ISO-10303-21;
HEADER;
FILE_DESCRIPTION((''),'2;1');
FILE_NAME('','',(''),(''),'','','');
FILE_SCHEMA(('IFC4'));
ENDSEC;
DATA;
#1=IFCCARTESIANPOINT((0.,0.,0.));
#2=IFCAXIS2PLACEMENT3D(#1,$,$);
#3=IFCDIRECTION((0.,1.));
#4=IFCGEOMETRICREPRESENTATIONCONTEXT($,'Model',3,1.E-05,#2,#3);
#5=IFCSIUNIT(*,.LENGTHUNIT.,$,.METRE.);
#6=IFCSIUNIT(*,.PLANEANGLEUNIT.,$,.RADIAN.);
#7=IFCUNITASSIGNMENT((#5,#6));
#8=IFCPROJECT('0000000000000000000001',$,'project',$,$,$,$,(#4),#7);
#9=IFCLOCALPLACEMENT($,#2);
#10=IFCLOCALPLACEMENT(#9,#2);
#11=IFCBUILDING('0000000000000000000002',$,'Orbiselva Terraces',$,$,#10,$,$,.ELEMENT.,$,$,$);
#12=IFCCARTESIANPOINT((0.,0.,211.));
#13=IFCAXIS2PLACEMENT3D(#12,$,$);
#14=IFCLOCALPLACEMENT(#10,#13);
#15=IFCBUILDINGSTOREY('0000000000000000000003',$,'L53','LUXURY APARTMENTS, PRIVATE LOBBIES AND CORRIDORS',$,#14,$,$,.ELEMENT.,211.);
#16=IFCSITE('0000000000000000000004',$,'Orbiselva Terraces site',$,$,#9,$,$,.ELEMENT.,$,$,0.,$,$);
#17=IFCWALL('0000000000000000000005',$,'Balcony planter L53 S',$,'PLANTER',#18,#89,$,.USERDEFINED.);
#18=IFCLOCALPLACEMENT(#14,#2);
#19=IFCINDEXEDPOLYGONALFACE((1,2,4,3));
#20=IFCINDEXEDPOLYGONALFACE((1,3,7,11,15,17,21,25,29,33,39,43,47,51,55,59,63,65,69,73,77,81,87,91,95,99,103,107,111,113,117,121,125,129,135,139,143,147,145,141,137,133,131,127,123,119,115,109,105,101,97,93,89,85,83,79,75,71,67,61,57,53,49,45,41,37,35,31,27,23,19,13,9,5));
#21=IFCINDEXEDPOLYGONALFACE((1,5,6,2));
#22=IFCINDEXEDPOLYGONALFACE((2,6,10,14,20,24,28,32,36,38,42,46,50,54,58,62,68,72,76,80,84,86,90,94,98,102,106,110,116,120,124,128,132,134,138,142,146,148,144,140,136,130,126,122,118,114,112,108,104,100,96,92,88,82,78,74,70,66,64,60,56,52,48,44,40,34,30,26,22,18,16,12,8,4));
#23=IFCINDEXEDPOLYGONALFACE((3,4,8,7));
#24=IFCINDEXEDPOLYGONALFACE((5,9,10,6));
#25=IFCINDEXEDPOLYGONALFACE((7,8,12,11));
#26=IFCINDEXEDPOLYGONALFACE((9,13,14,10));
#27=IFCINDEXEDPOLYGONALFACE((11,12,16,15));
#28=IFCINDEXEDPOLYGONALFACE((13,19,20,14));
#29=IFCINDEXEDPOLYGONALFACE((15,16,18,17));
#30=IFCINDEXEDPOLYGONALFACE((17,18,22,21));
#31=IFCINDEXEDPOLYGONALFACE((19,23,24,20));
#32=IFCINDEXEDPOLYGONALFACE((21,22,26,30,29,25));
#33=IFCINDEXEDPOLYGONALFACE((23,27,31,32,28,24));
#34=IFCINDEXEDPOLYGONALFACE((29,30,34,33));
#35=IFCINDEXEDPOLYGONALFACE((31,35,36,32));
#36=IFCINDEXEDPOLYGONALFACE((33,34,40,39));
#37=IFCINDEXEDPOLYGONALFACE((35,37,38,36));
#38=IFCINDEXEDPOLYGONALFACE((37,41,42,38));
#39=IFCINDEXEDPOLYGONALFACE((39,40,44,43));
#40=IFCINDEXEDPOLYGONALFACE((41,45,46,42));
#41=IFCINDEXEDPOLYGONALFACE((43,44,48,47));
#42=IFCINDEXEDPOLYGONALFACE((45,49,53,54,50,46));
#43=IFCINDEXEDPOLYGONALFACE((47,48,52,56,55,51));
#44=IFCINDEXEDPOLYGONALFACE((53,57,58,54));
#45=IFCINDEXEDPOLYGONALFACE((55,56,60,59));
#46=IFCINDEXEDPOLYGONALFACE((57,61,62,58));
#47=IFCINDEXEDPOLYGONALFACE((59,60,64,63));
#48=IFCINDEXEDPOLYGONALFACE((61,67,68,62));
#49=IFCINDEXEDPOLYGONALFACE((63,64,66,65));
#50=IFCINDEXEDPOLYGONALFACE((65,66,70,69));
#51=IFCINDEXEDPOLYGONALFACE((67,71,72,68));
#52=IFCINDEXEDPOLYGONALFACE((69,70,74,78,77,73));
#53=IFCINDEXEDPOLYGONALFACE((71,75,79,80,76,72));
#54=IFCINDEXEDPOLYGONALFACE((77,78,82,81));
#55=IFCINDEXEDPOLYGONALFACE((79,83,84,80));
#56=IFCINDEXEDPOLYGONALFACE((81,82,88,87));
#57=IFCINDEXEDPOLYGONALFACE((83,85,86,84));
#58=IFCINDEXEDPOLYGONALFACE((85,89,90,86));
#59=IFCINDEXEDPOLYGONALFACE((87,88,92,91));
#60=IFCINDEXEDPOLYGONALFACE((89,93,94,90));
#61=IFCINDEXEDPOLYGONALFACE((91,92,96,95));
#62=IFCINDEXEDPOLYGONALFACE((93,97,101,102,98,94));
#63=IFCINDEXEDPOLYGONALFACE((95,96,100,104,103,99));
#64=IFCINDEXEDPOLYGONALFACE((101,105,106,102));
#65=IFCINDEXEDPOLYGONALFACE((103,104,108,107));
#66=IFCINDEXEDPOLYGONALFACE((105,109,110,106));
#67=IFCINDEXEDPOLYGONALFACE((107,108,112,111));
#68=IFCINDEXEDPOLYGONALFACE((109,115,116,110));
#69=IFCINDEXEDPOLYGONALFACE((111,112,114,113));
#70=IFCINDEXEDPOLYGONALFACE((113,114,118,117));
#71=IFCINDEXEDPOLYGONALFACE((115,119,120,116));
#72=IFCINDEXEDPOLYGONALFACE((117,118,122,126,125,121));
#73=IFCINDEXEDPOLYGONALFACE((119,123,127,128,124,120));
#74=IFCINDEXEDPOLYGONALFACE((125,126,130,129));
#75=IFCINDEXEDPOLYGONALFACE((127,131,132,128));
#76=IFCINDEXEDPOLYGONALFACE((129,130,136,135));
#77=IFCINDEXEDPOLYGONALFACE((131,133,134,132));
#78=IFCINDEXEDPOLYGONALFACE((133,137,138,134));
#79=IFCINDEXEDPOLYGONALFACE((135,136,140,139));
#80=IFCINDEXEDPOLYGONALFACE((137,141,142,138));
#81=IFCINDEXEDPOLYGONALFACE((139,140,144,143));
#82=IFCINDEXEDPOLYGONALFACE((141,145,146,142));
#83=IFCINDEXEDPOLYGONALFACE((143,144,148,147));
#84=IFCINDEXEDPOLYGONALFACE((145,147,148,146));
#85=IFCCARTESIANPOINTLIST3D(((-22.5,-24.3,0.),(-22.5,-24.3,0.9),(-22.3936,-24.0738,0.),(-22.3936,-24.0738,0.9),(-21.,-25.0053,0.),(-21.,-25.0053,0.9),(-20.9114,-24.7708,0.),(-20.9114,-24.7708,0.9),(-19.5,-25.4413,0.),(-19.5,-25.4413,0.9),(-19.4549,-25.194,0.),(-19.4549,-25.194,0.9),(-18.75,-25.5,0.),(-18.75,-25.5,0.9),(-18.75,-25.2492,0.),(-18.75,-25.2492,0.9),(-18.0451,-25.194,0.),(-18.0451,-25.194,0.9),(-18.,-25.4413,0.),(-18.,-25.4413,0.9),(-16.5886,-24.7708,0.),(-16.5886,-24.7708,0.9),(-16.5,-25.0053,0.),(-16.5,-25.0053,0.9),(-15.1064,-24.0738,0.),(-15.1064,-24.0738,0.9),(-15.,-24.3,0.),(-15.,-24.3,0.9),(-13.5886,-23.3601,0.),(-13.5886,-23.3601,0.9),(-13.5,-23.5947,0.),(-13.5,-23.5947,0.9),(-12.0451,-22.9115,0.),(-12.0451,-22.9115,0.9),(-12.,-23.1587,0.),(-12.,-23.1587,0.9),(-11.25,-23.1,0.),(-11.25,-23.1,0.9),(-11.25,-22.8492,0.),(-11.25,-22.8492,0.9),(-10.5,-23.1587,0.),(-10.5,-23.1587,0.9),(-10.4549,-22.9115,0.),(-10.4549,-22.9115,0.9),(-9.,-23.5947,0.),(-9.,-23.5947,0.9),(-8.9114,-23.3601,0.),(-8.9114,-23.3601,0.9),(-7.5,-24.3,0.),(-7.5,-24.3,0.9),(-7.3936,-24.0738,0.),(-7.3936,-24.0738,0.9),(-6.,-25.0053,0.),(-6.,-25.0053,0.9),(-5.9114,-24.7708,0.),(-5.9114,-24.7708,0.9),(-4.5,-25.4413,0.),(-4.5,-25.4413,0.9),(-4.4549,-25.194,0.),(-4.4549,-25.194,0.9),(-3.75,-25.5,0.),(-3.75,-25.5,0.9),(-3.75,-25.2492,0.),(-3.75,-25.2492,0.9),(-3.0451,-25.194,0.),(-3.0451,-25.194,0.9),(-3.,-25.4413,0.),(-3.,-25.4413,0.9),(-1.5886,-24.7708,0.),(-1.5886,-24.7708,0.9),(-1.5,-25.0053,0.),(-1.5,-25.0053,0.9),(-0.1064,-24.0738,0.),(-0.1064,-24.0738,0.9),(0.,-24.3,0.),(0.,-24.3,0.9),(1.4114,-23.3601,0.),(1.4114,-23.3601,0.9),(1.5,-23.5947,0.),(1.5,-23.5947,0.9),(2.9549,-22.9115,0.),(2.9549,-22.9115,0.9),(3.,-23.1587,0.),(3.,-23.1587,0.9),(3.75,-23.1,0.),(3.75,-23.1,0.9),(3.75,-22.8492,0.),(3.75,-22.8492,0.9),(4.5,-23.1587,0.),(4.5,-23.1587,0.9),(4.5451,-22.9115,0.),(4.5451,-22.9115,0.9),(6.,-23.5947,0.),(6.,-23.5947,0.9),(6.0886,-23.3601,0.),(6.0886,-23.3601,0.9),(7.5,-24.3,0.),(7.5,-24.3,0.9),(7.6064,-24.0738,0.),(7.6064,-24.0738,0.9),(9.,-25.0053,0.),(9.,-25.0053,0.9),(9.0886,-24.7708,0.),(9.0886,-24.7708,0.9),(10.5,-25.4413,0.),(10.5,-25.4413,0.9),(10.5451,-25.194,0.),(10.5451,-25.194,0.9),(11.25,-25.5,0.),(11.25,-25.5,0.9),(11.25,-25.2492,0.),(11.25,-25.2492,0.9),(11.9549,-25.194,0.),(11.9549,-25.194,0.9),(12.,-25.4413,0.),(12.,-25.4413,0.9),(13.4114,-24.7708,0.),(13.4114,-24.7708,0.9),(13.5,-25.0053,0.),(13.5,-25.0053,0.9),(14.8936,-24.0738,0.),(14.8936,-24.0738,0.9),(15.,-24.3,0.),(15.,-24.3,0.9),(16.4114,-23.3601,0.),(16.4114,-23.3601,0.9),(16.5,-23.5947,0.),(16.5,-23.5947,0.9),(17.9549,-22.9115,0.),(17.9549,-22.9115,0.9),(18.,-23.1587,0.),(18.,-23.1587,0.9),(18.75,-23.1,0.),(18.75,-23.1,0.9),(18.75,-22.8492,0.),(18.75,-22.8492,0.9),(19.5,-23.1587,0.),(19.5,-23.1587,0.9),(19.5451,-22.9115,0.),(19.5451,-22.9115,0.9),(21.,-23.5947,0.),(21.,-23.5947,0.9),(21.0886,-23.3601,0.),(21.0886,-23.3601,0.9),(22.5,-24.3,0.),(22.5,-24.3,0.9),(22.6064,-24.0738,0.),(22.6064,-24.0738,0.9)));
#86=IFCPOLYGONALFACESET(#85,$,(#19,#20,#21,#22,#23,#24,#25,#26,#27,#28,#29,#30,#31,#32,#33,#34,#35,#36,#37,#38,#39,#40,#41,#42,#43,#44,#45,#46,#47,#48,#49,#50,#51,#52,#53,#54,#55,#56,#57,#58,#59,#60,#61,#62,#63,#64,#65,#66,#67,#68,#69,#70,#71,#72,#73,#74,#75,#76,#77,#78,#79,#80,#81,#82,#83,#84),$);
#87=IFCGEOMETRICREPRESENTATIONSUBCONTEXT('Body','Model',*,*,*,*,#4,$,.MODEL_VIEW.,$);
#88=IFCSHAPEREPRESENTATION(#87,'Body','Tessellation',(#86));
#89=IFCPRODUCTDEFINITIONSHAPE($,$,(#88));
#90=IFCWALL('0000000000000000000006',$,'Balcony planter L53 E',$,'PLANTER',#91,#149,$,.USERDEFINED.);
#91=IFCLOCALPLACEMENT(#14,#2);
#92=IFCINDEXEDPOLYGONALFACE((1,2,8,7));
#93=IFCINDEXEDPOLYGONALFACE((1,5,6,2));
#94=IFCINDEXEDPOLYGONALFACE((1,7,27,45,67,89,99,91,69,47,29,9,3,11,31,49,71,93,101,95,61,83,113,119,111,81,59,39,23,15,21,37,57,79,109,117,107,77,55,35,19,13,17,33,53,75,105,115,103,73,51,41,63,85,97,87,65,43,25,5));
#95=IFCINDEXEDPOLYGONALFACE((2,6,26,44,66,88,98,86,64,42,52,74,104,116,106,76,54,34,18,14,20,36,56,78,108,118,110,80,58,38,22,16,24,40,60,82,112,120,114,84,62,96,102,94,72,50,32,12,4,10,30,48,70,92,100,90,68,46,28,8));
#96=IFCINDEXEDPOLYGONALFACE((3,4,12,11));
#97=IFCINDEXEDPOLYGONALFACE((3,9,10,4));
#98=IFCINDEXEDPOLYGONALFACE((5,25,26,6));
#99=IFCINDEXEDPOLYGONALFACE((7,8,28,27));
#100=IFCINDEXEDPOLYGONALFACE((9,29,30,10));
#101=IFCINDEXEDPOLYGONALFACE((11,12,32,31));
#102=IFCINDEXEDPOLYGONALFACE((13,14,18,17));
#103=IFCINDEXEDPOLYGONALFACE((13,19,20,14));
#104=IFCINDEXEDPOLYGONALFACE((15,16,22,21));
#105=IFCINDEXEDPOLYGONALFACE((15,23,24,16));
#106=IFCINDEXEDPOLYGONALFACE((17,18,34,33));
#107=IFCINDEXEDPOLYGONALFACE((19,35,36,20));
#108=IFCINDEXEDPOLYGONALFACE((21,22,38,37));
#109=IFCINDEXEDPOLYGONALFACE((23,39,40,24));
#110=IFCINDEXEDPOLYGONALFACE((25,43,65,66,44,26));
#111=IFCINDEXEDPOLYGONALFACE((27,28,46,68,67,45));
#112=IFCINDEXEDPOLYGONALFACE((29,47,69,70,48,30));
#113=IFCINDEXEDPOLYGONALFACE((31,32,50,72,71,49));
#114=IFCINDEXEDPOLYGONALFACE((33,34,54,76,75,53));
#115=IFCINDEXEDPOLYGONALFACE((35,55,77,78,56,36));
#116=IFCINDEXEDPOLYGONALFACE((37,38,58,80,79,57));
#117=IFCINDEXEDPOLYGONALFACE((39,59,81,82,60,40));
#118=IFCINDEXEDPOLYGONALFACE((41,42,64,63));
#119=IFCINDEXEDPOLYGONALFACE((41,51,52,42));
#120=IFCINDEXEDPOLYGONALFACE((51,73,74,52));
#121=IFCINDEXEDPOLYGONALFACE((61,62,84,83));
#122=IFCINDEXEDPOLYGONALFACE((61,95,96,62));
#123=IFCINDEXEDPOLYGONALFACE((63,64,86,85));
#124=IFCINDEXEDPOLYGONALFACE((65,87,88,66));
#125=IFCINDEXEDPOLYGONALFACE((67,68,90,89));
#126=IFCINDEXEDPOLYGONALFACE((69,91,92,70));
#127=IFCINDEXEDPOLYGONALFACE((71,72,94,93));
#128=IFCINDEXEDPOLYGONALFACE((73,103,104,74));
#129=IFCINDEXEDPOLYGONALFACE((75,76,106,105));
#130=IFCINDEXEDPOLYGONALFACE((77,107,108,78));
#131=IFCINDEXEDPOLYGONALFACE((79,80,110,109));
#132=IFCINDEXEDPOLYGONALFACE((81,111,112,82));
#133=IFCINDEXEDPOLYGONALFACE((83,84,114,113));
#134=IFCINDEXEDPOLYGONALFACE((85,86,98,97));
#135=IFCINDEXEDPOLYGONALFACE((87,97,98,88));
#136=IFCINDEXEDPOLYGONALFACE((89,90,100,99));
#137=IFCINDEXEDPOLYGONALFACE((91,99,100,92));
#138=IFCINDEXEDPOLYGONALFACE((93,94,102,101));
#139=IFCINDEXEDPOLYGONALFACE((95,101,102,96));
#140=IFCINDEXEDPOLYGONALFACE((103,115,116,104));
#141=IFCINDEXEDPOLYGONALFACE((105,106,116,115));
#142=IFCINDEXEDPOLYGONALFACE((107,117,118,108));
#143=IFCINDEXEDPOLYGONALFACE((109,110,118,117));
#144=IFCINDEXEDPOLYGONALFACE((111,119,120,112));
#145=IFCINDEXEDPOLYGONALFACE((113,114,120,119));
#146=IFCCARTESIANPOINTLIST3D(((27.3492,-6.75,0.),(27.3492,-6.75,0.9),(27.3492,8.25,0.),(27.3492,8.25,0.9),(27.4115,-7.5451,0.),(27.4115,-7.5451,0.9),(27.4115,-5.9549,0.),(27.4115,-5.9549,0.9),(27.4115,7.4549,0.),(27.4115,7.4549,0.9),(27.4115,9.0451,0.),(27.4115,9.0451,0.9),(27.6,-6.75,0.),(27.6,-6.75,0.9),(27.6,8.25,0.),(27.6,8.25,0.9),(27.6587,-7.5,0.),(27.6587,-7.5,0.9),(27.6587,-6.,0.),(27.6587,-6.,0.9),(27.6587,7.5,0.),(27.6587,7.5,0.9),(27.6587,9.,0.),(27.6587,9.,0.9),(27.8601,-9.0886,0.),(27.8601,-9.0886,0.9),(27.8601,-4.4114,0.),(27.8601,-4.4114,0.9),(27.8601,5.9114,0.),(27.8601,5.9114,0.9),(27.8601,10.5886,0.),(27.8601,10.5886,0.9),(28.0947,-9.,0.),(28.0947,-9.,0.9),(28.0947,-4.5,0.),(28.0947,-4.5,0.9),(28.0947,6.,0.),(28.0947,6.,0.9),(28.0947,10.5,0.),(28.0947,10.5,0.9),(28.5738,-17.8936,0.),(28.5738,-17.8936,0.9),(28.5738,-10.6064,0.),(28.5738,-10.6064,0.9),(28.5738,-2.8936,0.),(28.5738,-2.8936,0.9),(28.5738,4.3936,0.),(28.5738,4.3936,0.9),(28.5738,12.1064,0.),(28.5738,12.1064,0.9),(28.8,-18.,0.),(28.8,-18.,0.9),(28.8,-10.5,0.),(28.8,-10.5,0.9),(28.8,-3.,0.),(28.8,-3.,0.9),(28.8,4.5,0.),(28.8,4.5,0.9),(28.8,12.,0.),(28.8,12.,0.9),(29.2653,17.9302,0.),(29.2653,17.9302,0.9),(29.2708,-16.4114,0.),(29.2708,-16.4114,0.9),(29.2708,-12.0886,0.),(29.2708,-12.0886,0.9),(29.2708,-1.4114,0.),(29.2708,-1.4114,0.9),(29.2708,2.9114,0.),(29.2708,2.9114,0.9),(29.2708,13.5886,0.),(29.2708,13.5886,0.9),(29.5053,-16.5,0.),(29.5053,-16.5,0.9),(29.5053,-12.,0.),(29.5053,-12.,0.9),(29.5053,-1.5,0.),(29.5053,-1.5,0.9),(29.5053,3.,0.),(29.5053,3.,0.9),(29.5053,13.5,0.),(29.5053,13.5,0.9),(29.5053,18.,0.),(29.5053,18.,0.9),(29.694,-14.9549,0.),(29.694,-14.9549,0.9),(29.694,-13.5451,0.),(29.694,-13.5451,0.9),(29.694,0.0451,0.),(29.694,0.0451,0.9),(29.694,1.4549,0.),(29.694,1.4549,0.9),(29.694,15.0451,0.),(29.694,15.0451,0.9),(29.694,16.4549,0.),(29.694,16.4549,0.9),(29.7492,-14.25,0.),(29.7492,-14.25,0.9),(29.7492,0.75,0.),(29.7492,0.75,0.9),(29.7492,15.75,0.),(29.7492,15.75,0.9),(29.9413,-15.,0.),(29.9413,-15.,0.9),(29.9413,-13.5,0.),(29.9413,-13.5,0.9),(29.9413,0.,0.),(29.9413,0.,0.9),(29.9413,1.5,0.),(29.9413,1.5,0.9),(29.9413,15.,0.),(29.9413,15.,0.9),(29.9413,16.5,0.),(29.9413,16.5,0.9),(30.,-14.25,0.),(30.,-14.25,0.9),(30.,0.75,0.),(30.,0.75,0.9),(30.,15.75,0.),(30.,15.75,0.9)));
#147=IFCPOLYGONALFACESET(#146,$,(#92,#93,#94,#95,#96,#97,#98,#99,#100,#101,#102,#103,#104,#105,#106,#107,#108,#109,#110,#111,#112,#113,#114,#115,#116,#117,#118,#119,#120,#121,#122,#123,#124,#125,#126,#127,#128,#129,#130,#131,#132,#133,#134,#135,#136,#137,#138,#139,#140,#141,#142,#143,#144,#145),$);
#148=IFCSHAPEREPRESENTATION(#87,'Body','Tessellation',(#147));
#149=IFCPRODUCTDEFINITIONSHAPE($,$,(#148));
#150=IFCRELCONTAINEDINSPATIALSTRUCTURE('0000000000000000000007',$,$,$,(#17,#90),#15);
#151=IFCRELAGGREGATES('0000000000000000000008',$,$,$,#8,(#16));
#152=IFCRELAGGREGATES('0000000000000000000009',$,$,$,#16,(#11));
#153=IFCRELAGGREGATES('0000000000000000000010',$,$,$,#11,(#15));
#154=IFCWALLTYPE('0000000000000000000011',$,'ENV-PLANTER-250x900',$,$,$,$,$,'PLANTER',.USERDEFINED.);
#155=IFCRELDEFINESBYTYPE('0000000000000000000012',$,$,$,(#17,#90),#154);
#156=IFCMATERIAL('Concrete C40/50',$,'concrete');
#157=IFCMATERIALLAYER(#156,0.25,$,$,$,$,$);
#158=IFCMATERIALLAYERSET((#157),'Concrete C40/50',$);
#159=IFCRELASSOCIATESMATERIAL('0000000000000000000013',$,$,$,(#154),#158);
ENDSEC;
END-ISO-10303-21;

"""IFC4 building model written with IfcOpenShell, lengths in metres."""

from ifc_helpers import new_model, si_unit, direction, frame, origin, place, context, subcontext, project, spatial, polyline, outline, extrude, material, layer, layer_set, type_object, element, save


model = new_model("IFC4")

# Units and contexts
model_context = context("Model", 3, precision=1e-05, world=origin(), true_north=direction((0.0, 1.0)))
body_context = subcontext(model_context, "Body", "Model", "MODEL_VIEW")
ifc_project = project(units=[si_unit("LENGTHUNIT", "METRE"), si_unit("PLANEANGLEUNIT", "RADIAN")], contexts=[model_context])

# Site, building, storey
site_placement = place(None, origin())
site = spatial("IfcSite", under=ifc_project, at=site_placement, Name="Orbiselva Terraces site", CompositionType="ELEMENT", RefElevation=0.0)
building_placement = place(site_placement, origin())
building = spatial("IfcBuilding", under=site, at=building_placement, Name="Orbiselva Terraces", CompositionType="ELEMENT")
storey_placement = place(building_placement, frame((0.0, 0.0, 211.0)))
storey = spatial("IfcBuildingStorey", under=building, at=storey_placement, Name="L53", Description="LUXURY APARTMENTS, PRIVATE LOBBIES AND CORRIDORS", CompositionType="ELEMENT", Elevation=211.0)

# Walls
ifc_material_1 = material(Name="Concrete C40/50", Category="concrete")
ifc_layer_1 = layer(ifc_material_1, 0.25)
ifc_layer_set_1 = layer_set([ifc_layer_1], Name="Concrete C40/50")
wall_type_1 = type_object("IfcWallType", Name="ENV-PLANTER-250x900", ElementType="PLANTER", PredefinedType="USERDEFINED", material=ifc_layer_set_1)
wall_1_placement = place(storey_placement, origin())
element("IfcWall", 1, at=wall_1_placement, inside=storey, type_object=wall_type_1, Name="Balcony planter L53 S", ObjectType="PLANTER", PredefinedType="USERDEFINED", context=body_context, shape_type="SweptSolid", body=[
    extrude(outline(polyline([(-22.5, -24.3), (-21.0, -25.0053), (-19.5, -25.4413), (-18.75, -25.5), (-18.0, -25.4413), (-16.5, -25.0053), (-15.0, -24.3), (-13.5, -23.5947), (-12.0, -23.1587), (-11.25, -23.1), (-10.5, -23.1587), (-9.0, -23.5947), (-7.5, -24.3), (-6.0, -25.0053), (-4.5, -25.4413), (-3.75, -25.5), (-3.0, -25.4413), (-1.5, -25.0053), (0.0, -24.3), (1.5, -23.5947), (3.0, -23.1587), (3.75, -23.1), (4.5, -23.1587), (6.0, -23.5947), (7.5, -24.3), (9.0, -25.0053), (10.5, -25.4413), (11.25, -25.5), (12.0, -25.4413), (13.5, -25.0053), (15.0, -24.3), (16.5, -23.5947), (18.0, -23.1587), (18.75, -23.1), (19.5, -23.1587), (21.0, -23.5947), (22.5, -24.3), (22.6064, -24.0738), (21.0886, -23.3601), (19.5451, -22.9115), (18.75, -22.8492), (17.9549, -22.9115), (16.4114, -23.3601), (14.8936, -24.0738), (13.4114, -24.7708), (11.9549, -25.194), (11.25, -25.2492), (10.5451, -25.194), (9.0886, -24.7708), (7.6064, -24.0738), (6.0886, -23.3601), (4.5451, -22.9115), (3.75, -22.8492), (2.9549, -22.9115), (1.4114, -23.3601), (-0.1064, -24.0738), (-1.5886, -24.7708), (-3.0451, -25.194), (-3.75, -25.2492), (-4.4549, -25.194), (-5.9114, -24.7708), (-7.3936, -24.0738), (-8.9114, -23.3601), (-10.4549, -22.9115), (-11.25, -22.8492), (-12.0451, -22.9115), (-13.5886, -23.3601), (-15.1064, -24.0738), (-16.5886, -24.7708), (-18.0451, -25.194), (-18.75, -25.2492), (-19.4549, -25.194), (-20.9114, -24.7708), (-22.3936, -24.0738), (-22.5, -24.3)])), origin(), (0.0, 0.0, 1.0), 0.9),
])
wall_2_placement = place(storey_placement, origin())
element("IfcWall", 2, at=wall_2_placement, inside=storey, type_object=wall_type_1, Name="Balcony planter L53 E", ObjectType="PLANTER", PredefinedType="USERDEFINED", context=body_context, shape_type="SweptSolid", body=[
    extrude(outline(polyline([(28.8, -18.0), (29.5053, -16.5), (29.9413, -15.0), (30.0, -14.25), (29.9413, -13.5), (29.5053, -12.0), (28.8, -10.5), (28.0947, -9.0), (27.6587, -7.5), (27.6, -6.75), (27.6587, -6.0), (28.0947, -4.5), (28.8, -3.0), (29.5053, -1.5), (29.9413, 0.0), (30.0, 0.75), (29.9413, 1.5), (29.5053, 3.0), (28.8, 4.5), (28.0947, 6.0), (27.6587, 7.5), (27.6, 8.25), (27.6587, 9.0), (28.0947, 10.5), (28.8, 12.0), (29.5053, 13.5), (29.9413, 15.0), (30.0, 15.75), (29.9413, 16.5), (29.5053, 18.0), (29.2653, 17.9302), (29.694, 16.4549), (29.7492, 15.75), (29.694, 15.0451), (29.2708, 13.5886), (28.5738, 12.1064), (27.8601, 10.5886), (27.4115, 9.0451), (27.3492, 8.25), (27.4115, 7.4549), (27.8601, 5.9114), (28.5738, 4.3936), (29.2708, 2.9114), (29.694, 1.4549), (29.7492, 0.75), (29.694, 0.0451), (29.2708, -1.4114), (28.5738, -2.8936), (27.8601, -4.4114), (27.4115, -5.9549), (27.3492, -6.75), (27.4115, -7.5451), (27.8601, -9.0886), (28.5738, -10.6064), (29.2708, -12.0886), (29.694, -13.5451), (29.7492, -14.25), (29.694, -14.9549), (29.2708, -16.4114), (28.5738, -17.8936), (28.8, -18.0)])), origin(), (0.0, 0.0, 1.0), 0.9),
])

save(model, "model.ifc")
